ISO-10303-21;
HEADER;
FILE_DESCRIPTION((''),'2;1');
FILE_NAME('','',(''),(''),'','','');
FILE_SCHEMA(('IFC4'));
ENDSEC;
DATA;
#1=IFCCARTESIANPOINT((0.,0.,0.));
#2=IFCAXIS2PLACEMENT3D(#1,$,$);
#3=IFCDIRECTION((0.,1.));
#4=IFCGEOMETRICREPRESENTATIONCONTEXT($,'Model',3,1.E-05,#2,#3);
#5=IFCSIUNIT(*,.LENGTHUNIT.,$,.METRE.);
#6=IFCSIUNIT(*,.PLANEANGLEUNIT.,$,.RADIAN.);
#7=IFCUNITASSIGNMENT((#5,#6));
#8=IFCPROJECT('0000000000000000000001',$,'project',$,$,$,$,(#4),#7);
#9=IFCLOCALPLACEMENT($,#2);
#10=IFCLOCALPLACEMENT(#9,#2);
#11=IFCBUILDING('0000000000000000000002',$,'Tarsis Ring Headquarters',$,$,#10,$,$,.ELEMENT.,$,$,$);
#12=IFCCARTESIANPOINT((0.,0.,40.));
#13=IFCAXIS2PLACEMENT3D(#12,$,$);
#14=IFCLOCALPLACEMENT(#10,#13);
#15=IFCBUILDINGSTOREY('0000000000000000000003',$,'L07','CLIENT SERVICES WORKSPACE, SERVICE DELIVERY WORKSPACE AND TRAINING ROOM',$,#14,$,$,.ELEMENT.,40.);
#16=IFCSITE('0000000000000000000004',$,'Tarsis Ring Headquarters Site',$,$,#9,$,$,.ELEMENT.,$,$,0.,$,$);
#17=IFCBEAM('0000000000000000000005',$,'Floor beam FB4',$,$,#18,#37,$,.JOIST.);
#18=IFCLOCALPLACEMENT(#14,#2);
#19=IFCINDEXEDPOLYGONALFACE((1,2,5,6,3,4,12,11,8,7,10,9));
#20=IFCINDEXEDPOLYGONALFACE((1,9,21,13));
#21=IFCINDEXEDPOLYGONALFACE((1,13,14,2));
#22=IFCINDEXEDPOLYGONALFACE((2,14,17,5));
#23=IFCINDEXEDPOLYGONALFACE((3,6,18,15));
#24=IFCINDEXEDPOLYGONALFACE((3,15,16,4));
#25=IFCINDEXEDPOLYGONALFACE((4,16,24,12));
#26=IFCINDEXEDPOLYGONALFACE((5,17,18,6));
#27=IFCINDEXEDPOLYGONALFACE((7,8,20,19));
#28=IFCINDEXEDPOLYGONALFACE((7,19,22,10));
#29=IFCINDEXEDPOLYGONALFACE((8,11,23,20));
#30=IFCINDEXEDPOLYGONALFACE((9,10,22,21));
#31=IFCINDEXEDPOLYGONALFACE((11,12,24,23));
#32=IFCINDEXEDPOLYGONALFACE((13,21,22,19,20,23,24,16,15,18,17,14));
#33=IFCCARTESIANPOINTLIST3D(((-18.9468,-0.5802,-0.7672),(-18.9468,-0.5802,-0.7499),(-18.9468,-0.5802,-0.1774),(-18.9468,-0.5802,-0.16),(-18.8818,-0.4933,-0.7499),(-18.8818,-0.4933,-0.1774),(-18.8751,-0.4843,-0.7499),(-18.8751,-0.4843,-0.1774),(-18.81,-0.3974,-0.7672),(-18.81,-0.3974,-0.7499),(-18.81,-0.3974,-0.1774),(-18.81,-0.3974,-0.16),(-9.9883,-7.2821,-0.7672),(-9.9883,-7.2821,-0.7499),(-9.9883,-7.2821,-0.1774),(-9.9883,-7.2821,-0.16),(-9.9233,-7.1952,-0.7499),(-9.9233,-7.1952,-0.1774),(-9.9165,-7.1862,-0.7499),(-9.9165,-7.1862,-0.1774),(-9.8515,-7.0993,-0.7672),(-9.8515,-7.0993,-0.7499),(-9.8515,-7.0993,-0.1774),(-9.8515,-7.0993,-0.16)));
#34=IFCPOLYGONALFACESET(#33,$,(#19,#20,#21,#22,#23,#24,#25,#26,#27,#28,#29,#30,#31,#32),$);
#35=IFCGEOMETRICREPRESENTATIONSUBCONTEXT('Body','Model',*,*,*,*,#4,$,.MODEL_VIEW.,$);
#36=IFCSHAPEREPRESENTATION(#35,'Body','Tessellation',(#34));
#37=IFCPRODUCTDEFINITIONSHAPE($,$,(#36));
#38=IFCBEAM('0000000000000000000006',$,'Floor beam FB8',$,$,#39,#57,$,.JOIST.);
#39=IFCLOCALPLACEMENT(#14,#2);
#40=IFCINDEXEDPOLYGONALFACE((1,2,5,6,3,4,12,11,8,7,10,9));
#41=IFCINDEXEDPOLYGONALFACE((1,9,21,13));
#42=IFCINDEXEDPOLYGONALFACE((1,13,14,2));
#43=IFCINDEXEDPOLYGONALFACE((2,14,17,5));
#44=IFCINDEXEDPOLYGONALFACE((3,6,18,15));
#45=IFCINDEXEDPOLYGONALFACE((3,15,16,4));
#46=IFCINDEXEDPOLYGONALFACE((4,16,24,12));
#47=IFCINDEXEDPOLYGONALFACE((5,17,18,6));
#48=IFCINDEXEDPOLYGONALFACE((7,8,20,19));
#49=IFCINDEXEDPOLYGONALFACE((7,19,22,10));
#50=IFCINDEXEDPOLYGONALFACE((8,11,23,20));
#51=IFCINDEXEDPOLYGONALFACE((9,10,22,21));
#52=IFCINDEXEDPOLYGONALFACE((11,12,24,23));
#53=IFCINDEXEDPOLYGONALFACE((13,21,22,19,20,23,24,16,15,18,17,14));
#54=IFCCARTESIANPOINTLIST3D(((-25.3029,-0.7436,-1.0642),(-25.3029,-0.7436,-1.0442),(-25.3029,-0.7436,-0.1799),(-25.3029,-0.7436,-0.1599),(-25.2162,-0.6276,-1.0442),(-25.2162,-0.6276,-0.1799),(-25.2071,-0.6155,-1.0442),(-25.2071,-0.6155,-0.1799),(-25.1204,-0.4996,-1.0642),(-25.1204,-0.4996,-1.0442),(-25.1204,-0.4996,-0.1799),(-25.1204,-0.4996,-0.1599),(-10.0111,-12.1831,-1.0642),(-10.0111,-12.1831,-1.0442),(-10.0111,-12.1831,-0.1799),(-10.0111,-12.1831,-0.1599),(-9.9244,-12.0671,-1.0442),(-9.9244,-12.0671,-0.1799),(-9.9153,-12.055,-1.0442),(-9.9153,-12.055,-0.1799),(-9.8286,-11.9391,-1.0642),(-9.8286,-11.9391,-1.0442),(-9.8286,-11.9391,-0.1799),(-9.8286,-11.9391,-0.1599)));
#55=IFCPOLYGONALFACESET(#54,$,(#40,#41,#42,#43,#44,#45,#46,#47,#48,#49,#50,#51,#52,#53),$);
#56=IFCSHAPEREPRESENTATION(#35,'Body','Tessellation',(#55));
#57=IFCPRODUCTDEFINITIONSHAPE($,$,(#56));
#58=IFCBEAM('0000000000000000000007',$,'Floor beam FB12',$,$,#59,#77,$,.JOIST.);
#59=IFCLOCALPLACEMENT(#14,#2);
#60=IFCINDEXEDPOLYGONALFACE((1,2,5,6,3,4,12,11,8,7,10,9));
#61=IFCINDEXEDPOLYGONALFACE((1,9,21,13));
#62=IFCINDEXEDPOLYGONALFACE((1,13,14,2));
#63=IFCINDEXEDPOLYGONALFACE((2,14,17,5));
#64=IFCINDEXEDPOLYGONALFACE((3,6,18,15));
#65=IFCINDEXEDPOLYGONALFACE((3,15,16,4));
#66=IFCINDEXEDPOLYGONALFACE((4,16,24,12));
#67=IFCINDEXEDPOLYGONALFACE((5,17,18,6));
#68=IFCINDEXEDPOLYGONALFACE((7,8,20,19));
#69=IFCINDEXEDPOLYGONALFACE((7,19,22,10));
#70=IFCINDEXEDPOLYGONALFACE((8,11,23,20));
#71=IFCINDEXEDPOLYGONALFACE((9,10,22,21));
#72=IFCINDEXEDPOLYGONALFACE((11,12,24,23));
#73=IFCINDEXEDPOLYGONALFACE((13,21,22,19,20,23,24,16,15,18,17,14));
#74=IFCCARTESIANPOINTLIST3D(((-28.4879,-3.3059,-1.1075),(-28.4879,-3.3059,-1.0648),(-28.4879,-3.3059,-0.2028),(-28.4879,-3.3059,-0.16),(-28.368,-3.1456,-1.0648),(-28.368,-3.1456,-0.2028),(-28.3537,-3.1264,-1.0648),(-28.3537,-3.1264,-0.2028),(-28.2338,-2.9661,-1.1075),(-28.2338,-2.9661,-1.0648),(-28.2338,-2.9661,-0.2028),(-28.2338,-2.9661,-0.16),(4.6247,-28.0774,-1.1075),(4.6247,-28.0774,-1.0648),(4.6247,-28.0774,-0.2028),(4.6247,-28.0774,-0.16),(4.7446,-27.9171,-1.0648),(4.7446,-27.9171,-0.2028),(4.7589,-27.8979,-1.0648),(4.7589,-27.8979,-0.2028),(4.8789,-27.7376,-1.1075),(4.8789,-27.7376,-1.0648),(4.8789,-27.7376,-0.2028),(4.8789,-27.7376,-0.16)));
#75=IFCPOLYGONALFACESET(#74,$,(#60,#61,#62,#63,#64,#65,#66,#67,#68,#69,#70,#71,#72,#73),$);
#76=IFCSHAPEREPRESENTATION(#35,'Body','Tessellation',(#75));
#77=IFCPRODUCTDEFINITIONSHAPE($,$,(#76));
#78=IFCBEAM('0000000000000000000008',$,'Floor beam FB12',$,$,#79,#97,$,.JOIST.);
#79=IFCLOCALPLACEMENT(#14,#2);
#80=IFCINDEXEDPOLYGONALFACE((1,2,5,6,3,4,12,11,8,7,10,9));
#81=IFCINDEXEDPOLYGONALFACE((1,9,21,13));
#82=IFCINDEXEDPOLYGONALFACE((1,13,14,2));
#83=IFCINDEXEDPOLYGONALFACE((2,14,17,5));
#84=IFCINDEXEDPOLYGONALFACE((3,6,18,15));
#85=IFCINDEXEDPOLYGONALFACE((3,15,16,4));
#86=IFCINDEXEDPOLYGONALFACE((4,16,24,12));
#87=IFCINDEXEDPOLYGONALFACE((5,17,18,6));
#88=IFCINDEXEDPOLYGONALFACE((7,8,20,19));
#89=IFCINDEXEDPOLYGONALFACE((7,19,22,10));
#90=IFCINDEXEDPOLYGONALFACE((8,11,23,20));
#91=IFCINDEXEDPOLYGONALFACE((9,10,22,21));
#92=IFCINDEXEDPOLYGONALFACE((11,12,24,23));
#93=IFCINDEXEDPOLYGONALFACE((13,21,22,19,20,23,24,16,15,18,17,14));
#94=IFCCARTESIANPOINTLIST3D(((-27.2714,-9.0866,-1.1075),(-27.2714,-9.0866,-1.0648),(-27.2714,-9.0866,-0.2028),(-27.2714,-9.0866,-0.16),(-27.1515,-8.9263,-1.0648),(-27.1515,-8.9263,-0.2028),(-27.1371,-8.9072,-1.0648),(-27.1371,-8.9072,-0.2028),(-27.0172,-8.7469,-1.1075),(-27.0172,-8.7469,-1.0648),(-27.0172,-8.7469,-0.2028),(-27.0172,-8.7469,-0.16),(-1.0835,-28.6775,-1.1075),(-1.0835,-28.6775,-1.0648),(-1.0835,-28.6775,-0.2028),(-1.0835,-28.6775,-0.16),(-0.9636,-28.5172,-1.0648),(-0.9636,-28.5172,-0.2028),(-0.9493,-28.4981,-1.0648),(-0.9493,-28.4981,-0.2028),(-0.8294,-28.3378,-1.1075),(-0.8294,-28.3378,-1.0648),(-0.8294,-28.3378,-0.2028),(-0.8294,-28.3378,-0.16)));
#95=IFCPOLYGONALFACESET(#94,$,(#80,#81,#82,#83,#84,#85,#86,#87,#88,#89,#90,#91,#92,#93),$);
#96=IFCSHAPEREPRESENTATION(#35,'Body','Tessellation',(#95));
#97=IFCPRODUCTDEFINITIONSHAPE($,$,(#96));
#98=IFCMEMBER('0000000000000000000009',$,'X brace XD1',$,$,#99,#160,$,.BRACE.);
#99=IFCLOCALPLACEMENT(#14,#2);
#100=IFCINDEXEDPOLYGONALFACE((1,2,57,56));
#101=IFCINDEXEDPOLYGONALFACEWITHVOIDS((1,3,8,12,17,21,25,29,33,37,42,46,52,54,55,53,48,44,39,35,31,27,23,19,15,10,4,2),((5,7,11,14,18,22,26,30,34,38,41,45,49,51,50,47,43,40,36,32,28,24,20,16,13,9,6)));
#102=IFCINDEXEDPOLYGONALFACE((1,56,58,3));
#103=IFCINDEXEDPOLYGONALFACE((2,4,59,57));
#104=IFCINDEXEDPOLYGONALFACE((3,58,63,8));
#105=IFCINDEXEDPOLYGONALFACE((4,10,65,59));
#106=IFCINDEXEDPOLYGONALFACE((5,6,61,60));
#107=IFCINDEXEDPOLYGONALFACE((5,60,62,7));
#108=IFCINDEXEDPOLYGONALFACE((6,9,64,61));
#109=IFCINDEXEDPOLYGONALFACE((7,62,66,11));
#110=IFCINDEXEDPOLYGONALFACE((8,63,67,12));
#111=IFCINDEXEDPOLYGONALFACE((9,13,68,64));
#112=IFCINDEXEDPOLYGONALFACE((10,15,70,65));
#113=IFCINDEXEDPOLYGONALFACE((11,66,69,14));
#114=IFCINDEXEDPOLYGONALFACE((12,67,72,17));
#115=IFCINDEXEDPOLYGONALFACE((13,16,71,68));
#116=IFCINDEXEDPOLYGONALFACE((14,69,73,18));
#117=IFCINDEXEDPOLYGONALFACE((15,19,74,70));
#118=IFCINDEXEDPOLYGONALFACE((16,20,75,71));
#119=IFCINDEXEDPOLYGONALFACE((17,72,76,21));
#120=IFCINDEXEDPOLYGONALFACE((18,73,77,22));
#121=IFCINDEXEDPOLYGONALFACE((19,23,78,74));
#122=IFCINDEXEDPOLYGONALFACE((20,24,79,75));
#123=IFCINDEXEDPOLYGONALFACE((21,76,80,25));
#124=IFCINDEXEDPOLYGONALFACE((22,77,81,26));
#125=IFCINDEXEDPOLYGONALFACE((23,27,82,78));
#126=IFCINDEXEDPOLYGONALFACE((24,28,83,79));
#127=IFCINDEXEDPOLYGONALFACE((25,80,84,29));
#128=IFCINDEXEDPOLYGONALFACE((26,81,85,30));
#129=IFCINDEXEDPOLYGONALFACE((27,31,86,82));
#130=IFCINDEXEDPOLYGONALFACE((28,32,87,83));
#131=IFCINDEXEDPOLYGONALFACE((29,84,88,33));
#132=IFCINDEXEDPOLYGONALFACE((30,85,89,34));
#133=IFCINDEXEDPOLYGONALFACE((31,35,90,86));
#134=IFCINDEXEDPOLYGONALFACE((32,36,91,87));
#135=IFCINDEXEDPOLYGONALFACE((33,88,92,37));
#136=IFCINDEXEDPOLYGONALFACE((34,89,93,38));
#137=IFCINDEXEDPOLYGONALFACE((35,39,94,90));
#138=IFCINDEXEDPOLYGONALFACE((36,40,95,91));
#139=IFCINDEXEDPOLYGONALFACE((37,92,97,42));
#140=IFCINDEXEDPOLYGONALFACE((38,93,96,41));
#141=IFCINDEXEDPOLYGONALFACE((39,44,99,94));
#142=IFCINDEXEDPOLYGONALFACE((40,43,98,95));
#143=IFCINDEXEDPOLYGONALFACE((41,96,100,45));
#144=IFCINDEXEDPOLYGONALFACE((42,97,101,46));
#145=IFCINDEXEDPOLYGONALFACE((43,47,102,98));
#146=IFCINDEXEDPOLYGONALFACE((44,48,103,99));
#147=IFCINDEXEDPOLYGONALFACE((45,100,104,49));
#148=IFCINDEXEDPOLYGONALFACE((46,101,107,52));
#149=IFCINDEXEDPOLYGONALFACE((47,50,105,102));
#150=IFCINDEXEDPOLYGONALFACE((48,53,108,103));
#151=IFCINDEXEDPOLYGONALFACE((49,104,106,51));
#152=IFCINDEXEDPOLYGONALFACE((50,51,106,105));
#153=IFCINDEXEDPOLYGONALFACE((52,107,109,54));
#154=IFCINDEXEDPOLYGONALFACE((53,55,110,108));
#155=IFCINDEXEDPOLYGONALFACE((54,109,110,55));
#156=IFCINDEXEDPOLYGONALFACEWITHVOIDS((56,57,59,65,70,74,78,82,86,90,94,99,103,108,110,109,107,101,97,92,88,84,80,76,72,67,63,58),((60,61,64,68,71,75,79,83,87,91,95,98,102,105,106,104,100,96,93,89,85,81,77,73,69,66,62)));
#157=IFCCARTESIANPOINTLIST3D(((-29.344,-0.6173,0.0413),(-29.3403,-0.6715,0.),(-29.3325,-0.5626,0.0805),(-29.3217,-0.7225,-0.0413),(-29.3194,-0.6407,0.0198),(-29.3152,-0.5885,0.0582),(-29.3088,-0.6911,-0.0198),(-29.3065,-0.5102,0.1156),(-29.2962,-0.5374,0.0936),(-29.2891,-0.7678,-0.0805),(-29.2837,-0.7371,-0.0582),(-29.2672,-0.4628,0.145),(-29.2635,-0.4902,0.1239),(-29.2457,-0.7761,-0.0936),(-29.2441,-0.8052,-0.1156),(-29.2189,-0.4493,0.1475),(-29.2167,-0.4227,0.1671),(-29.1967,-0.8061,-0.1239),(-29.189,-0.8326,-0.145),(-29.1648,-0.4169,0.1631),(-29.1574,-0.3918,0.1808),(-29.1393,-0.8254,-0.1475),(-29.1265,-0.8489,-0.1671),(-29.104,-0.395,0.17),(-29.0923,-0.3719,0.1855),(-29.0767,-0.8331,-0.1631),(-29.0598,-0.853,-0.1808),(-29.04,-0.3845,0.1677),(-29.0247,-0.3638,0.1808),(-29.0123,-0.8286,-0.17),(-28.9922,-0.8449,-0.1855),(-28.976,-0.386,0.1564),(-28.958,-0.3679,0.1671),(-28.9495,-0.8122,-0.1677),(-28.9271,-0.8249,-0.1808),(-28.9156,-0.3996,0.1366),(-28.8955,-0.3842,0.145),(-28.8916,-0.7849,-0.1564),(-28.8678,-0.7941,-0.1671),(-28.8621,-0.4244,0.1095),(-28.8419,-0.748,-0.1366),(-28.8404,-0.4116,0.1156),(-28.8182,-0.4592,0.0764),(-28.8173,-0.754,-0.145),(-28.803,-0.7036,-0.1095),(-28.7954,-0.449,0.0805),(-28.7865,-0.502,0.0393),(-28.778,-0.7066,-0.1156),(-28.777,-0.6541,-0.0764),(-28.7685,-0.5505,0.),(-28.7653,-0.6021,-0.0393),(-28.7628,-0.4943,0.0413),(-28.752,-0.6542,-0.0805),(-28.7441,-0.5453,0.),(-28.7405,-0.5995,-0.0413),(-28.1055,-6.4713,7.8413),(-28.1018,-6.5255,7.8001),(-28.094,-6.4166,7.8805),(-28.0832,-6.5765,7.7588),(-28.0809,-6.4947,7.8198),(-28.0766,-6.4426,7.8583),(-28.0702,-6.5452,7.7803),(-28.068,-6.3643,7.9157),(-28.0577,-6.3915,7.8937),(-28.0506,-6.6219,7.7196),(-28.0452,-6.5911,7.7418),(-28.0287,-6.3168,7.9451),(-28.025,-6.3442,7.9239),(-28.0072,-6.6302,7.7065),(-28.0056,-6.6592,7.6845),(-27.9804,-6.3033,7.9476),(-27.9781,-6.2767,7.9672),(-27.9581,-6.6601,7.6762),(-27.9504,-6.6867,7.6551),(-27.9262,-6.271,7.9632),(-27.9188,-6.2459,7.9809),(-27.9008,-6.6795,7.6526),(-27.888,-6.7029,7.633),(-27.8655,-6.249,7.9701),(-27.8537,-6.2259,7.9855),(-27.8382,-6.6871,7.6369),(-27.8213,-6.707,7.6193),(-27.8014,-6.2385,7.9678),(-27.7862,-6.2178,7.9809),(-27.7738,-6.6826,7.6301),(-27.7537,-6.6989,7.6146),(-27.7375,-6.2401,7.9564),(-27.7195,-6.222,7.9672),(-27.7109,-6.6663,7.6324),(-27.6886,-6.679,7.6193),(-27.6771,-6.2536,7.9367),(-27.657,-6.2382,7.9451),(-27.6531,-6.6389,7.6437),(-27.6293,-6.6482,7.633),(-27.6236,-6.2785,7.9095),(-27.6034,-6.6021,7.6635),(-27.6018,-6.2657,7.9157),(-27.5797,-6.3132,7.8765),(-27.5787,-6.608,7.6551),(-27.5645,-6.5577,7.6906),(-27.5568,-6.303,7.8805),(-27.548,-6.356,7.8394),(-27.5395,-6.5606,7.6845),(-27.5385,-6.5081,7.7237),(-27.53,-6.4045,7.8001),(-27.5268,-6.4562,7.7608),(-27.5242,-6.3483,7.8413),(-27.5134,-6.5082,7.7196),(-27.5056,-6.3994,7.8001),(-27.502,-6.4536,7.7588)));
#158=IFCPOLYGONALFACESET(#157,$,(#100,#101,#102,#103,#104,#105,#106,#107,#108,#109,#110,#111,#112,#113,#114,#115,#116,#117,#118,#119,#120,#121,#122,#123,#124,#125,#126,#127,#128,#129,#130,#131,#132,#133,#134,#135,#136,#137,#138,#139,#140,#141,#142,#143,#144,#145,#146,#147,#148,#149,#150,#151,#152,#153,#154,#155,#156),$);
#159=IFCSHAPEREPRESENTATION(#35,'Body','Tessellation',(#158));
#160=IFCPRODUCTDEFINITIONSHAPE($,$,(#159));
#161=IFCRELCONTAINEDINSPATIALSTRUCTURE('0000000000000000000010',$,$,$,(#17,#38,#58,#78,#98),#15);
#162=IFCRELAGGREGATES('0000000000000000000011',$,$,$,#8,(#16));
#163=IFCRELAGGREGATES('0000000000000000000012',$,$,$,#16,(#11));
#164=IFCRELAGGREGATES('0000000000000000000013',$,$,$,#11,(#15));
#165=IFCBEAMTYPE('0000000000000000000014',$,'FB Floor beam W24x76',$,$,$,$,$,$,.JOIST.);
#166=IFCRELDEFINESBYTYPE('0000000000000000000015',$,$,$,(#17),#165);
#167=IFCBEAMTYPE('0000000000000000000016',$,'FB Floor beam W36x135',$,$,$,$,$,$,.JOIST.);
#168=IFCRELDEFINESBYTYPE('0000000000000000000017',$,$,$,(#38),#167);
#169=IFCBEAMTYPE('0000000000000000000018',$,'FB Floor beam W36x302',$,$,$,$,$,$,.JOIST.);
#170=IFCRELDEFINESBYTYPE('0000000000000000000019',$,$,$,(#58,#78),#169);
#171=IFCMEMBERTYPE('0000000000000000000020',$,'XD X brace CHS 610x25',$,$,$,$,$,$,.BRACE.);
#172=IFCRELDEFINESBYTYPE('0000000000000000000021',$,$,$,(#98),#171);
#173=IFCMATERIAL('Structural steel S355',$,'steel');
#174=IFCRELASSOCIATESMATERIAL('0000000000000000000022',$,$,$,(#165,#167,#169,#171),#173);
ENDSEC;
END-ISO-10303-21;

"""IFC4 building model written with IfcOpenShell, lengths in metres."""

from ifc_helpers import new_model, si_unit, direction, frame, origin, origin_2d, place, context, subcontext, project, spatial, hollow_circle, i_section, extrude, material, material_profile, profile_set, type_object, element, save


model = new_model("IFC4")

# Units and contexts
model_context = context("Model", 3, precision=1e-05, world=origin(), true_north=direction((0.0, 1.0)))
body_context = subcontext(model_context, "Body", "Model", "MODEL_VIEW")
ifc_project = project(units=[si_unit("LENGTHUNIT", "METRE"), si_unit("PLANEANGLEUNIT", "RADIAN")], contexts=[model_context])

# Site, building, storey
site_placement = place(None, origin())
site = spatial("IfcSite", under=ifc_project, at=site_placement, Name="Tarsis Ring Headquarters Site", CompositionType="ELEMENT", RefElevation=0.0)
building_placement = place(site_placement, origin())
building = spatial("IfcBuilding", under=site, at=building_placement, Name="Tarsis Ring Headquarters", CompositionType="ELEMENT")
storey_placement = place(building_placement, frame((0.0, 0.0, 40.0)))
storey = spatial("IfcBuildingStorey", under=building, at=storey_placement, Name="L07", Description="CLIENT SERVICES WORKSPACE, SERVICE DELIVERY WORKSPACE AND TRAINING ROOM", CompositionType="ELEMENT", Elevation=40.0)

# Beams
ifc_material_1 = material(Name="Structural steel S355", Category="steel")
ifc_material_profile_1 = material_profile(ifc_material_1, i_section(OverallWidth=0.2283, OverallDepth=0.6072, WebThickness=0.0112, FlangeThickness=0.0173, at=origin_2d()), Name="W24x76")
ifc_profile_set_1 = profile_set([ifc_material_profile_1], Name="Structural steel S355")
beam_type_1 = type_object("IfcBeamType", Name="FB Floor beam W24x76", PredefinedType="JOIST", material=ifc_profile_set_1)
beam_1_placement = place(storey_placement, frame((-18.8784, -0.4888, -0.4636), z_axis=(0.800727, -0.599029, 0.0), x_axis=(0.599029, 0.800727, 0.0)))
element("IfcBeam", 1, at=beam_1_placement, inside=storey, type_object=beam_type_1, Name="Floor beam FB4", PredefinedType="JOIST", context=body_context, shape_type="SweptSolid", body=[
    extrude(i_section(OverallWidth=0.2283, OverallDepth=0.6072, WebThickness=0.0112, FlangeThickness=0.0173, at=origin_2d()), origin(), (0.0, 0.0, 1.0), 11.188),
])
ifc_material_profile_2 = material_profile(ifc_material_1, i_section(OverallWidth=0.3047, OverallDepth=0.9043, WebThickness=0.0151, FlangeThickness=0.02, at=origin_2d()), Name="W36x135")
ifc_profile_set_2 = profile_set([ifc_material_profile_2], Name="Structural steel S355")
beam_type_2 = type_object("IfcBeamType", Name="FB Floor beam W36x135", PredefinedType="JOIST", material=ifc_profile_set_2)
beam_2_placement = place(storey_placement, frame((-25.2117, -0.6216, -0.6121), z_axis=(0.800737, -0.599016, 0.0), x_axis=(0.599016, 0.800737, 0.0)))
element("IfcBeam", 2, at=beam_2_placement, inside=storey, type_object=beam_type_2, Name="Floor beam FB8", PredefinedType="JOIST", context=body_context, shape_type="SweptSolid", body=[
    extrude(i_section(OverallWidth=0.3047, OverallDepth=0.9043, WebThickness=0.0151, FlangeThickness=0.02, at=origin_2d()), origin(), (0.0, 0.0, 1.0), 19.0972),
])
ifc_material_profile_3 = material_profile(ifc_material_1, i_section(OverallWidth=0.4243, OverallDepth=0.9475, WebThickness=0.0239, FlangeThickness=0.0427, at=origin_2d()), Name="W36x302")
ifc_profile_set_3 = profile_set([ifc_material_profile_3], Name="Structural steel S355")
beam_type_3 = type_object("IfcBeamType", Name="FB Floor beam W36x302", PredefinedType="JOIST", material=ifc_profile_set_3)
beam_3_placement = place(storey_placement, frame((-28.3608, -3.136, -0.6338), z_axis=(0.80073, -0.599026, 0.0), x_axis=(0.599026, 0.80073, 0.0)))
element("IfcBeam", 3, at=beam_3_placement, inside=storey, type_object=beam_type_3, Name="Floor beam FB12", PredefinedType="JOIST", context=body_context, shape_type="SweptSolid", body=[
    extrude(i_section(OverallWidth=0.4243, OverallDepth=0.9475, WebThickness=0.0239, FlangeThickness=0.0427, at=origin_2d()), origin(), (0.0, 0.0, 1.0), 41.353),
])
beam_4_placement = place(storey_placement, frame((-27.1443, -8.9167, -0.6338), z_axis=(0.800733, -0.599021, 0.0), x_axis=(0.599021, 0.800733, 0.0)))
element("IfcBeam", 4, at=beam_4_placement, inside=storey, type_object=beam_type_3, Name="Floor beam FB12", PredefinedType="JOIST", context=body_context, shape_type="SweptSolid", body=[
    extrude(i_section(OverallWidth=0.4243, OverallDepth=0.9475, WebThickness=0.0239, FlangeThickness=0.0427, at=origin_2d()), origin(), (0.0, 0.0, 1.0), 32.7048),
])

# Member
ifc_material_profile_4 = material_profile(ifc_material_1, hollow_circle(Radius=0.3047, WallThickness=0.0249, at=origin_2d()), Name="CHS 610x25")
ifc_profile_set_4 = profile_set([ifc_material_profile_4], Name="Structural steel S355")
member_type = type_object("IfcMemberType", Name="XD X brace CHS 610x25", PredefinedType="BRACE", material=ifc_profile_set_4)
member_placement = place(storey_placement, frame((-29.0422, -0.6084, 0.0), z_axis=(0.125985, -0.595478, 0.793432), x_axis=(0.978344, 0.206987, 0.0)))
element("IfcMember", 5, at=member_placement, inside=storey, type_object=member_type, Name="X brace XD1", PredefinedType="BRACE", context=body_context, shape_type="SweptSolid", body=[
    extrude(hollow_circle(Radius=0.3047, WallThickness=0.0249, at=origin_2d()), origin(), (0.0, 0.0, 1.0), 9.8308),
])

save(model, "model.ifc")
